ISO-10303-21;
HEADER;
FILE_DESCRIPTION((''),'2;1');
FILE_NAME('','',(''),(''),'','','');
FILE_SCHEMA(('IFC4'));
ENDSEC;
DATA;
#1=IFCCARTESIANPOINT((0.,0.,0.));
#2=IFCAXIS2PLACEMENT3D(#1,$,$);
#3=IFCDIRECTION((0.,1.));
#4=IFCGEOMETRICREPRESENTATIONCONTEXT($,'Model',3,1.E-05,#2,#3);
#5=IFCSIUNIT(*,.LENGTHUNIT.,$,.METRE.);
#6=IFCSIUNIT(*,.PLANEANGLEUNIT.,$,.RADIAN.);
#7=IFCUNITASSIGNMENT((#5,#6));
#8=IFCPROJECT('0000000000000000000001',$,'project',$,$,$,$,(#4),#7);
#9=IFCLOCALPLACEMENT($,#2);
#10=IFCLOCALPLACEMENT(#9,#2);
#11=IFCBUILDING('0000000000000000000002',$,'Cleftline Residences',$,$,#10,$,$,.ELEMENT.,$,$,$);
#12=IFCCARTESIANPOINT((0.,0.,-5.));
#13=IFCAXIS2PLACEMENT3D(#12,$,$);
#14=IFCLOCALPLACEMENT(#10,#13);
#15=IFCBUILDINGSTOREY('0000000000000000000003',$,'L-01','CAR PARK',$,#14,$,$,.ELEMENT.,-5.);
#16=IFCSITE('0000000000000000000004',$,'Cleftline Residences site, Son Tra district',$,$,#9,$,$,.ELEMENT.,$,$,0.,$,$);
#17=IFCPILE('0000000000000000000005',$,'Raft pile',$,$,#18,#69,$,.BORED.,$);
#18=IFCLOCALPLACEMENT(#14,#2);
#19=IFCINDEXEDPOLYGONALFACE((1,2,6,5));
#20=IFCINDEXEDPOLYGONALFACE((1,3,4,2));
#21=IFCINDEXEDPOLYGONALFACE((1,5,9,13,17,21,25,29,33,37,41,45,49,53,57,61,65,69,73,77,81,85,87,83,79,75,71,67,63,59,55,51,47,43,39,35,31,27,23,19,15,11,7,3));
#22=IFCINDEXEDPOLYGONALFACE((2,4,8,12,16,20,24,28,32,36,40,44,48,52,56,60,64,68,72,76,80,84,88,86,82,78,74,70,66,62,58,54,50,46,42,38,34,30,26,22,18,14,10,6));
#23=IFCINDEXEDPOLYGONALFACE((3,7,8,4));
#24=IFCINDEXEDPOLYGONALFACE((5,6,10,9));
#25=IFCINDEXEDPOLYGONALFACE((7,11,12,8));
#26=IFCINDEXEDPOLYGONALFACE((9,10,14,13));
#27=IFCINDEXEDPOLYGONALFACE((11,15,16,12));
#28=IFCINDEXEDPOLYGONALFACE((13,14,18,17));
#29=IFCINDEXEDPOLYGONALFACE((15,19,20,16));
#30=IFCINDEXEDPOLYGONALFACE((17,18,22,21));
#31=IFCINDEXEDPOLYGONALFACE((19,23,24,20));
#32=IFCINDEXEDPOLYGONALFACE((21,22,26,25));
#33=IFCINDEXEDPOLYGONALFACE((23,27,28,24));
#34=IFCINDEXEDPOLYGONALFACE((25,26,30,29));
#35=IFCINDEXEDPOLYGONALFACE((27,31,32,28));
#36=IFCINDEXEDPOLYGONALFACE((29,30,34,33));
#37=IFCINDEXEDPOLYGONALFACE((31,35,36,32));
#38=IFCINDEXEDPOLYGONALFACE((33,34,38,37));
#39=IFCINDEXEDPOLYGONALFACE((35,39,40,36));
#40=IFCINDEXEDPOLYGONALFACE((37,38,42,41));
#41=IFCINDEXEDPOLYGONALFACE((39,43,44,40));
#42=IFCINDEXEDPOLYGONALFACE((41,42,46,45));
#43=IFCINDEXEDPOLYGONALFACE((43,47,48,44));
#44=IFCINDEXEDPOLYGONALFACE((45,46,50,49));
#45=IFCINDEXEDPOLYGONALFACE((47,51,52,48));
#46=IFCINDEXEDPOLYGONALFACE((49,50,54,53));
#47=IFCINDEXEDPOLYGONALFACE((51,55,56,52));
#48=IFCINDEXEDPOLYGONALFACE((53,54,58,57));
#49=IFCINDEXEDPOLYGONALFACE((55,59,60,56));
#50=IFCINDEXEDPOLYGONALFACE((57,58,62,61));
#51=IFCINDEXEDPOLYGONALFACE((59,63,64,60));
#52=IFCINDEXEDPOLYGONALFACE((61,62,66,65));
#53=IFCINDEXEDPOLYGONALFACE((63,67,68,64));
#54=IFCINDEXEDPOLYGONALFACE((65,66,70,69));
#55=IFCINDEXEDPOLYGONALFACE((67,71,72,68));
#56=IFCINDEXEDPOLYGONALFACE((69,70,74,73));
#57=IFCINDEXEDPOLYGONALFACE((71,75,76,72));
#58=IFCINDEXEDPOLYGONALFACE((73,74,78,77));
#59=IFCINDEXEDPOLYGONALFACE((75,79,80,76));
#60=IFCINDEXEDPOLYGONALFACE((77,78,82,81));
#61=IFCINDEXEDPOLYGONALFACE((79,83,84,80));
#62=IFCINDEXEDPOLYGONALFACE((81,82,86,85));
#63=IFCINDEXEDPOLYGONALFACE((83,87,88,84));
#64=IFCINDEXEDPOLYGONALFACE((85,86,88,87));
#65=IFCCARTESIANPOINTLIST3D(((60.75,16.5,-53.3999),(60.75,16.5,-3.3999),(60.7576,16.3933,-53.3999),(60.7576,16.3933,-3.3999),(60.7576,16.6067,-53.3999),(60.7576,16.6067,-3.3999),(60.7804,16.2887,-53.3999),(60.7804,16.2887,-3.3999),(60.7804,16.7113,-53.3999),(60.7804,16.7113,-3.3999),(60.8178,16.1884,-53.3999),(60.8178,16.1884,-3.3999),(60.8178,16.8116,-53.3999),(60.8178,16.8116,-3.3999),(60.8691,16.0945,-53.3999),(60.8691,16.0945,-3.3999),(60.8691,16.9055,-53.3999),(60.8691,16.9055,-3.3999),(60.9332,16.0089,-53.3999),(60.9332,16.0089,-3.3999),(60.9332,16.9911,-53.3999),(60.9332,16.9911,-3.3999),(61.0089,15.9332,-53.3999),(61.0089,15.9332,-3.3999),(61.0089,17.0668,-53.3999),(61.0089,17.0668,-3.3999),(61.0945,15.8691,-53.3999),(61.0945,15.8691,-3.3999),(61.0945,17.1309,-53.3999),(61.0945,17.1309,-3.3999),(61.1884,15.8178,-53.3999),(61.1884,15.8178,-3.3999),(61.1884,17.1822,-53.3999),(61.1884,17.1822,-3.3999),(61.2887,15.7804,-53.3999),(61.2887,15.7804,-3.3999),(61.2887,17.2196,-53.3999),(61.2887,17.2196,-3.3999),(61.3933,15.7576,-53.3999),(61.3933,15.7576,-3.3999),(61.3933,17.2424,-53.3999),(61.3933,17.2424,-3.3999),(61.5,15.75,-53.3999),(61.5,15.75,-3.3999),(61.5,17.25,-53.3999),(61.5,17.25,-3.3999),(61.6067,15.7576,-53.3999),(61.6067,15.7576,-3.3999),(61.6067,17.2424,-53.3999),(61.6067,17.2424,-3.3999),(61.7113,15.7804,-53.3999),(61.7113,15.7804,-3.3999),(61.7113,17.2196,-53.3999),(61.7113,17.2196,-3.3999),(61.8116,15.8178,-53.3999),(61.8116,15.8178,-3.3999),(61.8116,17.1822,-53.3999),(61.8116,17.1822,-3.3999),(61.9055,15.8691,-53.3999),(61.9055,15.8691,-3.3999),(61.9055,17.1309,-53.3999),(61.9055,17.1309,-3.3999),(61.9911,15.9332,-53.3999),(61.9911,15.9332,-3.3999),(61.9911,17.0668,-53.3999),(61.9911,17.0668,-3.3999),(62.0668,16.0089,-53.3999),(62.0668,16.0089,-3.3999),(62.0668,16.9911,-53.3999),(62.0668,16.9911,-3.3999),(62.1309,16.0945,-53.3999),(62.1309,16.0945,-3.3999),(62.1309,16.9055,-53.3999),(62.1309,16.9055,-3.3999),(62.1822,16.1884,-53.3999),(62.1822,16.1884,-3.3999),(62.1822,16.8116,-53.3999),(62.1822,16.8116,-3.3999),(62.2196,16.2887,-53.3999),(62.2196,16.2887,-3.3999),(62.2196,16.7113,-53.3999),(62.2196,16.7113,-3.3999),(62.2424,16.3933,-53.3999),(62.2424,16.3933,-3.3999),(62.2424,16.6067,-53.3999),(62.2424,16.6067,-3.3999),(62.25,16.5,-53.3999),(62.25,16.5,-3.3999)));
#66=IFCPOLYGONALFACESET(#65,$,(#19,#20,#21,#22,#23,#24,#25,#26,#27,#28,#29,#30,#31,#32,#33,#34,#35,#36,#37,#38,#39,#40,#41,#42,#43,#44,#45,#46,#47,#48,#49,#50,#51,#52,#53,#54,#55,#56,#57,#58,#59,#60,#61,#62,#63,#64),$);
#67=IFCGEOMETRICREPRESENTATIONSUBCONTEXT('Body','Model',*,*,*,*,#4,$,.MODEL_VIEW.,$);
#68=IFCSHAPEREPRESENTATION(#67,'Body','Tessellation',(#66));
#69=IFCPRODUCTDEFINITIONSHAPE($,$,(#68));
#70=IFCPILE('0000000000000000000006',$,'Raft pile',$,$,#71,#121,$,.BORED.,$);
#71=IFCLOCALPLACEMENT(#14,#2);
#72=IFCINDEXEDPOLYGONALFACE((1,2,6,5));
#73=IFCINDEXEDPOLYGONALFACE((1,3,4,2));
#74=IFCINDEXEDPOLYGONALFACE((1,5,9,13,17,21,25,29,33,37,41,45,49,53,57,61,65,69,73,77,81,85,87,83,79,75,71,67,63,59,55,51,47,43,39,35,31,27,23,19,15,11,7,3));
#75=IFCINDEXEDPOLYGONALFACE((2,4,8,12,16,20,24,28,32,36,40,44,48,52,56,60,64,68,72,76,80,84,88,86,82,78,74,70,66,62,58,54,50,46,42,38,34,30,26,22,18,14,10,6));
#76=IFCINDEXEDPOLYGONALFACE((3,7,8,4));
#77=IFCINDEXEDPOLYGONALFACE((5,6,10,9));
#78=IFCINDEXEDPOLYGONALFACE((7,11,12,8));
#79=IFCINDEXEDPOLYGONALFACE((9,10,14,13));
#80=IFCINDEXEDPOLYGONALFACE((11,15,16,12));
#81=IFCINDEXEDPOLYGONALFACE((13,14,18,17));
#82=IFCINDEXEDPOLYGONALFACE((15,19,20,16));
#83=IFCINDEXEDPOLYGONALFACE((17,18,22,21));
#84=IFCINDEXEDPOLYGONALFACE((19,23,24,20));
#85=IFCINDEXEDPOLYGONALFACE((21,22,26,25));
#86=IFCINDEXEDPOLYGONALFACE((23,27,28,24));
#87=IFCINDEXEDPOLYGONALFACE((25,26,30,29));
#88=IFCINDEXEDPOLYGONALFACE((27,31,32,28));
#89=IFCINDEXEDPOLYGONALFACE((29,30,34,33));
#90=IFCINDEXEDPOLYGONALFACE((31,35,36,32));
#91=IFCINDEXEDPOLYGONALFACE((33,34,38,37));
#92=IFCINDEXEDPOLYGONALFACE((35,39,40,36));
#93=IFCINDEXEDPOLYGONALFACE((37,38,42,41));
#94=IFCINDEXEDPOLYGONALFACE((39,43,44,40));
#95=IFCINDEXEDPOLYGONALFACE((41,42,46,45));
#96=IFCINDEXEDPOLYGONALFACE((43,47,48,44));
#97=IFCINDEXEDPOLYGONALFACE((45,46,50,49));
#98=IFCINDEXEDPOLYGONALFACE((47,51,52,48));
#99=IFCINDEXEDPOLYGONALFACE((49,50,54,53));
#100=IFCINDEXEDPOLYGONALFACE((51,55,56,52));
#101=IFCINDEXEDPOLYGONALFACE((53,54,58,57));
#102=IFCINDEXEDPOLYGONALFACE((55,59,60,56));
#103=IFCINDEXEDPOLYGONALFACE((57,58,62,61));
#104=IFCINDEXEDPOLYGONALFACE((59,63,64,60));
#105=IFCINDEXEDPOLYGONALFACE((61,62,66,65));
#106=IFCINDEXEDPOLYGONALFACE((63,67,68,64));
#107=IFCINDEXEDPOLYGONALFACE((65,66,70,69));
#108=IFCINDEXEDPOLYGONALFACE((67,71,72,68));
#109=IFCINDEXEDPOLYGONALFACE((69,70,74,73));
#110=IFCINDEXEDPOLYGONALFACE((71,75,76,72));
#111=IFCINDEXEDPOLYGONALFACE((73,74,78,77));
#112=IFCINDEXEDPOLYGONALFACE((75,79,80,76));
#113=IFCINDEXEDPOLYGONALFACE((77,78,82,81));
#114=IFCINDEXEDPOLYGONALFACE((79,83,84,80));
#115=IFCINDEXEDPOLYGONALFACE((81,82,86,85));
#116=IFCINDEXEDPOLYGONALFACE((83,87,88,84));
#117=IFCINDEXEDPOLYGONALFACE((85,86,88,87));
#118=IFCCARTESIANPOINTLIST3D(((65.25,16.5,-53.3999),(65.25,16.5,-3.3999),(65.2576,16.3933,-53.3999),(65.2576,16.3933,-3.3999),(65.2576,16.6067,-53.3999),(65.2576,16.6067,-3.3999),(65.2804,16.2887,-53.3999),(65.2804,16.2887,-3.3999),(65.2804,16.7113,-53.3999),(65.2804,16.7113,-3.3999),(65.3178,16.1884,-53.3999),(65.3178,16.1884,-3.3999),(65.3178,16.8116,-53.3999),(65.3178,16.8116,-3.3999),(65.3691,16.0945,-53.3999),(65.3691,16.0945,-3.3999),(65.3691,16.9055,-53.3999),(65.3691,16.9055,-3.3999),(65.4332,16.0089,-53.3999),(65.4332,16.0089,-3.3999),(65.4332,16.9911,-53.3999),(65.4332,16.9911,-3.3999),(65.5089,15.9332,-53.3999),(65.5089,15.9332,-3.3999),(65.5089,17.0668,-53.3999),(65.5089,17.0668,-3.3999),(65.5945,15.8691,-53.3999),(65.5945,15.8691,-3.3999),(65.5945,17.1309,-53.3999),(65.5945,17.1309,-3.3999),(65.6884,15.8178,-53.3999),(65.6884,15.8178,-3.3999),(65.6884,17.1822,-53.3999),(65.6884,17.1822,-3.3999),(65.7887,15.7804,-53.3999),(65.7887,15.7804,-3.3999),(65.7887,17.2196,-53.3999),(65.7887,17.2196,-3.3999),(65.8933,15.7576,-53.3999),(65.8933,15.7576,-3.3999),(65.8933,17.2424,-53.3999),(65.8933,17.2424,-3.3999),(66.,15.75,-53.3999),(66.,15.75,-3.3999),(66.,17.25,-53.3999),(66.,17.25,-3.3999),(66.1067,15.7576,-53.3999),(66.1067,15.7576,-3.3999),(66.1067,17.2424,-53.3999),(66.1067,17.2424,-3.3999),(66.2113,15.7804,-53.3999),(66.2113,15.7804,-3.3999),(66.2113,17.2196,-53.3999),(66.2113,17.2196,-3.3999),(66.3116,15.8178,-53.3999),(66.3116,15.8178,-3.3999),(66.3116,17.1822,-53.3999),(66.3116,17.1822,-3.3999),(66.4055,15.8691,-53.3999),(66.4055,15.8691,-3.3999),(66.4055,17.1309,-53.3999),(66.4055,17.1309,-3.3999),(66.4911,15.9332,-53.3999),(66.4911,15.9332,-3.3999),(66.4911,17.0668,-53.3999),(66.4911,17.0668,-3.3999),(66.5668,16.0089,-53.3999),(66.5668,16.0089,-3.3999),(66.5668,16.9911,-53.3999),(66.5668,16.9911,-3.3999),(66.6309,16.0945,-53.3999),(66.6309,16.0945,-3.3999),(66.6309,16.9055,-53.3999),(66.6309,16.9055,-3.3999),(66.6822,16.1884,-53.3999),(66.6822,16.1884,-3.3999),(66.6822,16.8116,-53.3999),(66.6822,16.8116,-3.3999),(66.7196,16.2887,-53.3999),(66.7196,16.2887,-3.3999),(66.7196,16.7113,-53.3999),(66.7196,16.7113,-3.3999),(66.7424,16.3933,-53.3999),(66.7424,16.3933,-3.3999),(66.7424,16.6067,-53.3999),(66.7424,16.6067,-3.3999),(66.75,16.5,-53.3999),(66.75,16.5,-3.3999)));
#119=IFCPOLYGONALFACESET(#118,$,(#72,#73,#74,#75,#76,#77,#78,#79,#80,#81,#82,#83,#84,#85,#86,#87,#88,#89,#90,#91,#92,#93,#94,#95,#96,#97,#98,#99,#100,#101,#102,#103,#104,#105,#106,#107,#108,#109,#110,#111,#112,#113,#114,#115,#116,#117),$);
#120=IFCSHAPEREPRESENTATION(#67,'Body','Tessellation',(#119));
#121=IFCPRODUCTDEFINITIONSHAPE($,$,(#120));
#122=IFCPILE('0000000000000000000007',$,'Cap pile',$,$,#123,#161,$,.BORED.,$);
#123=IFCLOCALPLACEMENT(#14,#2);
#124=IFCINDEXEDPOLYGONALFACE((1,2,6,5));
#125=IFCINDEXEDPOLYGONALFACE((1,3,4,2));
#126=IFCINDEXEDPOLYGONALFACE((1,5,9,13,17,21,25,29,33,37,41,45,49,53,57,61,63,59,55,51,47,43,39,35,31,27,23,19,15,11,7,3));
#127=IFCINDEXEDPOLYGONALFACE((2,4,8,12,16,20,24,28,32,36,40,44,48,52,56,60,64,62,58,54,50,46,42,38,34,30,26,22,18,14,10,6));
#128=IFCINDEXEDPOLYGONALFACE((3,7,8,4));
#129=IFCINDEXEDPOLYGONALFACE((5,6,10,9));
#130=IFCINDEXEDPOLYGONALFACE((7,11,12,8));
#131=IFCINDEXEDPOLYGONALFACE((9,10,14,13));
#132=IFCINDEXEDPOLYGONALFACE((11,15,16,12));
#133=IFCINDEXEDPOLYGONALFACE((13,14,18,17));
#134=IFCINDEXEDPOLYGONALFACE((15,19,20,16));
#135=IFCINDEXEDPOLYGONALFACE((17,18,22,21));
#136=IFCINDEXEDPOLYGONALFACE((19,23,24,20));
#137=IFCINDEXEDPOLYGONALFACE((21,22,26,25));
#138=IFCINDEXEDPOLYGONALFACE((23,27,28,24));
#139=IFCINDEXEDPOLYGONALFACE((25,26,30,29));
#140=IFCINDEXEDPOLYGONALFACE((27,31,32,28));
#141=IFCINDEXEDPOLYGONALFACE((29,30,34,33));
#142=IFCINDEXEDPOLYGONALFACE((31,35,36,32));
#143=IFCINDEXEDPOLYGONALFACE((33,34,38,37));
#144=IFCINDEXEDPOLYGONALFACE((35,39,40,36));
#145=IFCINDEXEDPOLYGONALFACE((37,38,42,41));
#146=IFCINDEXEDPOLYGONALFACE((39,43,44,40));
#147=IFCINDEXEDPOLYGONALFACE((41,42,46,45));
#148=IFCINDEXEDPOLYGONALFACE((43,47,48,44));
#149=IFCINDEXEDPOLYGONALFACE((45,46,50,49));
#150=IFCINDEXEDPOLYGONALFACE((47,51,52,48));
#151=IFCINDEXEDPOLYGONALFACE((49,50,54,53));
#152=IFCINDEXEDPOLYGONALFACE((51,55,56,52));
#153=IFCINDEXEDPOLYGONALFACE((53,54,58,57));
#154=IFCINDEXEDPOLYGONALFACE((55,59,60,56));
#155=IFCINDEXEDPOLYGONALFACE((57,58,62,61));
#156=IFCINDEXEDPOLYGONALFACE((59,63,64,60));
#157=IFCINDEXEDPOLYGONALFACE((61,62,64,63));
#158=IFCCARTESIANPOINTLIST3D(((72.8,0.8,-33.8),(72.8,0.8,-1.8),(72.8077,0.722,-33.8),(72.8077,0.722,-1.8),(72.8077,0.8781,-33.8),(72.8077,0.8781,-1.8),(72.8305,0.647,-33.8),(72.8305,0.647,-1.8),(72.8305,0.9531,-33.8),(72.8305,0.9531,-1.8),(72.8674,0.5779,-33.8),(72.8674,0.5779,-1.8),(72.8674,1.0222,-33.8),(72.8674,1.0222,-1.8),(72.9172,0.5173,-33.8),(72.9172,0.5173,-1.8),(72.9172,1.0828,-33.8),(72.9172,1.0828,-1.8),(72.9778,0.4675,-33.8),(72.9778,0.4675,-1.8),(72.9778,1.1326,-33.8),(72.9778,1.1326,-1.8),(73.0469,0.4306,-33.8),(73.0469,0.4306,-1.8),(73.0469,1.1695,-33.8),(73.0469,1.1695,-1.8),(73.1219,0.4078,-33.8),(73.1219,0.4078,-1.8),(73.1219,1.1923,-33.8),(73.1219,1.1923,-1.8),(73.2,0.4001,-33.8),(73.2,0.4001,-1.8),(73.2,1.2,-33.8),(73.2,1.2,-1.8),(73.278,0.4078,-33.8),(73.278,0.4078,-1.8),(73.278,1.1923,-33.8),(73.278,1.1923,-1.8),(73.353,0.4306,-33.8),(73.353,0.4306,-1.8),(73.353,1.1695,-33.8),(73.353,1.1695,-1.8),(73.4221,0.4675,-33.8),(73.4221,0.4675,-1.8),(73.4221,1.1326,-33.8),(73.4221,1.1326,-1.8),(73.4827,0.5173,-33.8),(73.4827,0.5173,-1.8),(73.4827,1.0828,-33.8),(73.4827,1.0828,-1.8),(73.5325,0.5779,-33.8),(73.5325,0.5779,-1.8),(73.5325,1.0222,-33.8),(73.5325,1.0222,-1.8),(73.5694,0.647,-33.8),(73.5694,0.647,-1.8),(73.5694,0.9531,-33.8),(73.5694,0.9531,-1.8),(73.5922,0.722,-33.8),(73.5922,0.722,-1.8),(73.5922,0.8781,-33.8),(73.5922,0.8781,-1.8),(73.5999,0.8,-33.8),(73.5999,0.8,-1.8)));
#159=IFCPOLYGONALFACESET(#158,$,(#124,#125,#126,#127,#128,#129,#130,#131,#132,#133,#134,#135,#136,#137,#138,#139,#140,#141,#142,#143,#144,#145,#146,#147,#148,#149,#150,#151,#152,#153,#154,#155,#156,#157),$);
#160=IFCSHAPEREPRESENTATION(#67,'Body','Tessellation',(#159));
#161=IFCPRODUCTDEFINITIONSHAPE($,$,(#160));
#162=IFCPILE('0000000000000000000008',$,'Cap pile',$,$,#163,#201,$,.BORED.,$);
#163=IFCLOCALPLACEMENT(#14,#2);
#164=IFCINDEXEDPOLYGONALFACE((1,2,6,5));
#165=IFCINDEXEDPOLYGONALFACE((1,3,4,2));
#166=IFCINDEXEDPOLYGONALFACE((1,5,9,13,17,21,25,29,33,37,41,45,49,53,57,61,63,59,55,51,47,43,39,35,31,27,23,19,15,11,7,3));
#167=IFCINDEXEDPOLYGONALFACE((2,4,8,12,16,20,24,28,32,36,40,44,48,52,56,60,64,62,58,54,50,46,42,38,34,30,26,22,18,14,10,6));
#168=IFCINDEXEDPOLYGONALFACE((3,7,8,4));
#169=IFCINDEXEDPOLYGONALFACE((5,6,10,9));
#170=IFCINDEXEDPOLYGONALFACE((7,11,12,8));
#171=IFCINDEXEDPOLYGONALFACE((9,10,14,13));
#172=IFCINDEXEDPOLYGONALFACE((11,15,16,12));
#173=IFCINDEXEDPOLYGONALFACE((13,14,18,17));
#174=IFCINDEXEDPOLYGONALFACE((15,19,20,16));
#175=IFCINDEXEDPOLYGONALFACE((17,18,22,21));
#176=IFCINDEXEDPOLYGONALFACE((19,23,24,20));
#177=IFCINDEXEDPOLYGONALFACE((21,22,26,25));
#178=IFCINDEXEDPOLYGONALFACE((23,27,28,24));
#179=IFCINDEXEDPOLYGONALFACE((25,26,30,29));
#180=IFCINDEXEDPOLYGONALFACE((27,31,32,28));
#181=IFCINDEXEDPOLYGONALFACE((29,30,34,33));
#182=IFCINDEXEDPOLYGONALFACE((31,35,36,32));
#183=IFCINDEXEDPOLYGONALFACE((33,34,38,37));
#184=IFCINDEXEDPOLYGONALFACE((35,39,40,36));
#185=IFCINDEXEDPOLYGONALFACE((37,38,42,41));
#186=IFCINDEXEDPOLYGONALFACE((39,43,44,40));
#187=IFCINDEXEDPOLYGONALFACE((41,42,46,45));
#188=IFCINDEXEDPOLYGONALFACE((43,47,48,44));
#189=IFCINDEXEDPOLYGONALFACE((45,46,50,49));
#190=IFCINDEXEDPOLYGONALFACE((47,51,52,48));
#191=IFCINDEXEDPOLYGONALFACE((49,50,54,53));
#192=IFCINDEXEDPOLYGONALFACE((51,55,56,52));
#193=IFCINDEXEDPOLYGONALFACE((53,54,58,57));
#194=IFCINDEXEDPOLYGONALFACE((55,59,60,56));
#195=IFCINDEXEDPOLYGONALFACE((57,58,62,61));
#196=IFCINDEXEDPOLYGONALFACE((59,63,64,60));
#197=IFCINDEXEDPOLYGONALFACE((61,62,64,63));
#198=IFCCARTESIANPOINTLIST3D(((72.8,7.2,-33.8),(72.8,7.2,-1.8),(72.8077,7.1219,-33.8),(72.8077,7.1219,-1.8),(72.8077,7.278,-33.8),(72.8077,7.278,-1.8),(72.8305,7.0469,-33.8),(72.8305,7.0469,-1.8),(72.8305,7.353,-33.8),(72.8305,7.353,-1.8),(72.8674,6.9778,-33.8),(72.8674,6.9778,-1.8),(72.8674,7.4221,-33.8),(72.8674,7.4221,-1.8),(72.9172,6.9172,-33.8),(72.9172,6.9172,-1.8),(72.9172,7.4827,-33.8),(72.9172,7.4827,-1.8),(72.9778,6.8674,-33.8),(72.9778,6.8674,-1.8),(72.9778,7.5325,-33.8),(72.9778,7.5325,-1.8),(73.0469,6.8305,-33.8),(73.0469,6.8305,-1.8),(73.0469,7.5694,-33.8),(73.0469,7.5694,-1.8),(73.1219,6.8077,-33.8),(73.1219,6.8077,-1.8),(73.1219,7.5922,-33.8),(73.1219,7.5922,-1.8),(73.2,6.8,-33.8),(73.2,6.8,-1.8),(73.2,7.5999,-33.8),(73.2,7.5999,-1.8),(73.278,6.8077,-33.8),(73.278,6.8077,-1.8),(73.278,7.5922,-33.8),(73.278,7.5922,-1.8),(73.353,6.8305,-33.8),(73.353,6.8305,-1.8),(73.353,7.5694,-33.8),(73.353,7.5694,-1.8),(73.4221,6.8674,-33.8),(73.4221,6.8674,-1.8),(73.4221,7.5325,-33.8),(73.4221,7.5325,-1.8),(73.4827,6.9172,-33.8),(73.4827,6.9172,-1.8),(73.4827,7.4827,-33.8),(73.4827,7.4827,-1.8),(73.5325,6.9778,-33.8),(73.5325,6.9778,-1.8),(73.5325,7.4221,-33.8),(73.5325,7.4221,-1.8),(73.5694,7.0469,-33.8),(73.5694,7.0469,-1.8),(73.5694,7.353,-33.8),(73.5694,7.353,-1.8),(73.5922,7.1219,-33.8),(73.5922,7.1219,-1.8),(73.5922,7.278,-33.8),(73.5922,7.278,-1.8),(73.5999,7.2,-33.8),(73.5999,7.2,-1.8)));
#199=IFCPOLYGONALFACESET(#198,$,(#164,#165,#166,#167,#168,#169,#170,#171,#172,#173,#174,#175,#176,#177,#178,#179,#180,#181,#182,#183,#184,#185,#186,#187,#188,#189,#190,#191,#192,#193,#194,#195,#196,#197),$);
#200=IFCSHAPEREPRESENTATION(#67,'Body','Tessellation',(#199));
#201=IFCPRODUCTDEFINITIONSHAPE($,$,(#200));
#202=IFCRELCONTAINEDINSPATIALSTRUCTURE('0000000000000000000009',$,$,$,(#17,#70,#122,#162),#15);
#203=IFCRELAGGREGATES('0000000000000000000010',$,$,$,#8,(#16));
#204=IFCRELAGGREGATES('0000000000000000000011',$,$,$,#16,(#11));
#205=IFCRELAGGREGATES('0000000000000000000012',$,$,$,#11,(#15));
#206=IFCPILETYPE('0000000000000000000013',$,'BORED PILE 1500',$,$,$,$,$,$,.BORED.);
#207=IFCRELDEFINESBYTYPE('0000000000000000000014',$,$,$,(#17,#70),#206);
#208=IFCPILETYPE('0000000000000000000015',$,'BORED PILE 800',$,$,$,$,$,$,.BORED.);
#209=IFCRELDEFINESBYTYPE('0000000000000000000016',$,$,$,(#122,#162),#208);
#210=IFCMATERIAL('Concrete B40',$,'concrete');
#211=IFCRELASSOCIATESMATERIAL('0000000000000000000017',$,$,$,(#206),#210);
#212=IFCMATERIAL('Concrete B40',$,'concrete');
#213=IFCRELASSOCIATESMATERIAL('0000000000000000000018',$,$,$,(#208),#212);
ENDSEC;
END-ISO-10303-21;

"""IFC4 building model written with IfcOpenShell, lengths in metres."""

from ifc_helpers import new_model, si_unit, direction, frame, origin, origin_2d, place, context, subcontext, project, spatial, circle, extrude, material, material_profile, profile_set, type_object, element, save


model = new_model("IFC4")

# Units and contexts
model_context = context("Model", 3, precision=1e-05, world=origin(), true_north=direction((0.0, 1.0)))
body_context = subcontext(model_context, "Body", "Model", "MODEL_VIEW")
ifc_project = project(units=[si_unit("LENGTHUNIT", "METRE"), si_unit("PLANEANGLEUNIT", "RADIAN")], contexts=[model_context])

# Site, building, storey
site_placement = place(None, origin())
site = spatial("IfcSite", under=ifc_project, at=site_placement, Name="Cleftline Residences site, Son Tra district", CompositionType="ELEMENT", RefElevation=0.0)
building_placement = place(site_placement, origin())
building = spatial("IfcBuilding", under=site, at=building_placement, Name="Cleftline Residences", CompositionType="ELEMENT")
storey_placement = place(building_placement, frame((0.0, 0.0, -5.0)))
storey = spatial("IfcBuildingStorey", under=building, at=storey_placement, Name="L-01", Description="CAR PARK", CompositionType="ELEMENT", Elevation=-5.0)

# Piles
ifc_material_1 = material(Name="Concrete B40", Category="concrete")
ifc_material_profile_1 = material_profile(ifc_material_1, circle(Radius=0.75, at=origin_2d()))
ifc_profile_set_1 = profile_set([ifc_material_profile_1], Name="Concrete B40")
pile_type_1 = type_object("IfcPileType", Name="BORED PILE 1500", PredefinedType="BORED", material=ifc_profile_set_1)
for number, where, z_axis, x_axis, name in (
    (1, (61.5, 16.5, -3.3999), (0.0, 0.0, -1.0), (1.0, 0.0, 0.0), "Raft pile"),
    (2, (66.0, 16.5, -3.3999), (0.0, 0.0, -1.0), (1.0, 0.0, 0.0), "Raft pile"),
):
    element("IfcPile", number, at=place(storey_placement, frame(where, z_axis=z_axis, x_axis=x_axis)), inside=storey, type_object=pile_type_1, Name=name, PredefinedType="BORED", context=body_context, shape_type="SweptSolid", body=[
        extrude(circle(Radius=0.75, at=origin_2d()), origin(), (0.0, 0.0, 1.0), 50.0),
    ])
ifc_material_2 = material(Name="Concrete B40", Category="concrete")
ifc_material_profile_2 = material_profile(ifc_material_2, circle(Radius=0.3999, at=origin_2d()))
ifc_profile_set_2 = profile_set([ifc_material_profile_2], Name="Concrete B40")
pile_type_2 = type_object("IfcPileType", Name="BORED PILE 800", PredefinedType="BORED", material=ifc_profile_set_2)
for number, where, z_axis, x_axis, name in (
    (3, (73.2, 0.8, -1.8), (0.0, 0.0, -1.0), (1.0, 0.0, 0.0), "Cap pile"),
    (4, (73.2, 7.2, -1.8), (0.0, 0.0, -1.0), (1.0, 0.0, 0.0), "Cap pile"),
):
    element("IfcPile", number, at=place(storey_placement, frame(where, z_axis=z_axis, x_axis=x_axis)), inside=storey, type_object=pile_type_2, Name=name, PredefinedType="BORED", context=body_context, shape_type="SweptSolid", body=[
        extrude(circle(Radius=0.3999, at=origin_2d()), origin(), (0.0, 0.0, 1.0), 32.0),
    ])

save(model, "model.ifc")
